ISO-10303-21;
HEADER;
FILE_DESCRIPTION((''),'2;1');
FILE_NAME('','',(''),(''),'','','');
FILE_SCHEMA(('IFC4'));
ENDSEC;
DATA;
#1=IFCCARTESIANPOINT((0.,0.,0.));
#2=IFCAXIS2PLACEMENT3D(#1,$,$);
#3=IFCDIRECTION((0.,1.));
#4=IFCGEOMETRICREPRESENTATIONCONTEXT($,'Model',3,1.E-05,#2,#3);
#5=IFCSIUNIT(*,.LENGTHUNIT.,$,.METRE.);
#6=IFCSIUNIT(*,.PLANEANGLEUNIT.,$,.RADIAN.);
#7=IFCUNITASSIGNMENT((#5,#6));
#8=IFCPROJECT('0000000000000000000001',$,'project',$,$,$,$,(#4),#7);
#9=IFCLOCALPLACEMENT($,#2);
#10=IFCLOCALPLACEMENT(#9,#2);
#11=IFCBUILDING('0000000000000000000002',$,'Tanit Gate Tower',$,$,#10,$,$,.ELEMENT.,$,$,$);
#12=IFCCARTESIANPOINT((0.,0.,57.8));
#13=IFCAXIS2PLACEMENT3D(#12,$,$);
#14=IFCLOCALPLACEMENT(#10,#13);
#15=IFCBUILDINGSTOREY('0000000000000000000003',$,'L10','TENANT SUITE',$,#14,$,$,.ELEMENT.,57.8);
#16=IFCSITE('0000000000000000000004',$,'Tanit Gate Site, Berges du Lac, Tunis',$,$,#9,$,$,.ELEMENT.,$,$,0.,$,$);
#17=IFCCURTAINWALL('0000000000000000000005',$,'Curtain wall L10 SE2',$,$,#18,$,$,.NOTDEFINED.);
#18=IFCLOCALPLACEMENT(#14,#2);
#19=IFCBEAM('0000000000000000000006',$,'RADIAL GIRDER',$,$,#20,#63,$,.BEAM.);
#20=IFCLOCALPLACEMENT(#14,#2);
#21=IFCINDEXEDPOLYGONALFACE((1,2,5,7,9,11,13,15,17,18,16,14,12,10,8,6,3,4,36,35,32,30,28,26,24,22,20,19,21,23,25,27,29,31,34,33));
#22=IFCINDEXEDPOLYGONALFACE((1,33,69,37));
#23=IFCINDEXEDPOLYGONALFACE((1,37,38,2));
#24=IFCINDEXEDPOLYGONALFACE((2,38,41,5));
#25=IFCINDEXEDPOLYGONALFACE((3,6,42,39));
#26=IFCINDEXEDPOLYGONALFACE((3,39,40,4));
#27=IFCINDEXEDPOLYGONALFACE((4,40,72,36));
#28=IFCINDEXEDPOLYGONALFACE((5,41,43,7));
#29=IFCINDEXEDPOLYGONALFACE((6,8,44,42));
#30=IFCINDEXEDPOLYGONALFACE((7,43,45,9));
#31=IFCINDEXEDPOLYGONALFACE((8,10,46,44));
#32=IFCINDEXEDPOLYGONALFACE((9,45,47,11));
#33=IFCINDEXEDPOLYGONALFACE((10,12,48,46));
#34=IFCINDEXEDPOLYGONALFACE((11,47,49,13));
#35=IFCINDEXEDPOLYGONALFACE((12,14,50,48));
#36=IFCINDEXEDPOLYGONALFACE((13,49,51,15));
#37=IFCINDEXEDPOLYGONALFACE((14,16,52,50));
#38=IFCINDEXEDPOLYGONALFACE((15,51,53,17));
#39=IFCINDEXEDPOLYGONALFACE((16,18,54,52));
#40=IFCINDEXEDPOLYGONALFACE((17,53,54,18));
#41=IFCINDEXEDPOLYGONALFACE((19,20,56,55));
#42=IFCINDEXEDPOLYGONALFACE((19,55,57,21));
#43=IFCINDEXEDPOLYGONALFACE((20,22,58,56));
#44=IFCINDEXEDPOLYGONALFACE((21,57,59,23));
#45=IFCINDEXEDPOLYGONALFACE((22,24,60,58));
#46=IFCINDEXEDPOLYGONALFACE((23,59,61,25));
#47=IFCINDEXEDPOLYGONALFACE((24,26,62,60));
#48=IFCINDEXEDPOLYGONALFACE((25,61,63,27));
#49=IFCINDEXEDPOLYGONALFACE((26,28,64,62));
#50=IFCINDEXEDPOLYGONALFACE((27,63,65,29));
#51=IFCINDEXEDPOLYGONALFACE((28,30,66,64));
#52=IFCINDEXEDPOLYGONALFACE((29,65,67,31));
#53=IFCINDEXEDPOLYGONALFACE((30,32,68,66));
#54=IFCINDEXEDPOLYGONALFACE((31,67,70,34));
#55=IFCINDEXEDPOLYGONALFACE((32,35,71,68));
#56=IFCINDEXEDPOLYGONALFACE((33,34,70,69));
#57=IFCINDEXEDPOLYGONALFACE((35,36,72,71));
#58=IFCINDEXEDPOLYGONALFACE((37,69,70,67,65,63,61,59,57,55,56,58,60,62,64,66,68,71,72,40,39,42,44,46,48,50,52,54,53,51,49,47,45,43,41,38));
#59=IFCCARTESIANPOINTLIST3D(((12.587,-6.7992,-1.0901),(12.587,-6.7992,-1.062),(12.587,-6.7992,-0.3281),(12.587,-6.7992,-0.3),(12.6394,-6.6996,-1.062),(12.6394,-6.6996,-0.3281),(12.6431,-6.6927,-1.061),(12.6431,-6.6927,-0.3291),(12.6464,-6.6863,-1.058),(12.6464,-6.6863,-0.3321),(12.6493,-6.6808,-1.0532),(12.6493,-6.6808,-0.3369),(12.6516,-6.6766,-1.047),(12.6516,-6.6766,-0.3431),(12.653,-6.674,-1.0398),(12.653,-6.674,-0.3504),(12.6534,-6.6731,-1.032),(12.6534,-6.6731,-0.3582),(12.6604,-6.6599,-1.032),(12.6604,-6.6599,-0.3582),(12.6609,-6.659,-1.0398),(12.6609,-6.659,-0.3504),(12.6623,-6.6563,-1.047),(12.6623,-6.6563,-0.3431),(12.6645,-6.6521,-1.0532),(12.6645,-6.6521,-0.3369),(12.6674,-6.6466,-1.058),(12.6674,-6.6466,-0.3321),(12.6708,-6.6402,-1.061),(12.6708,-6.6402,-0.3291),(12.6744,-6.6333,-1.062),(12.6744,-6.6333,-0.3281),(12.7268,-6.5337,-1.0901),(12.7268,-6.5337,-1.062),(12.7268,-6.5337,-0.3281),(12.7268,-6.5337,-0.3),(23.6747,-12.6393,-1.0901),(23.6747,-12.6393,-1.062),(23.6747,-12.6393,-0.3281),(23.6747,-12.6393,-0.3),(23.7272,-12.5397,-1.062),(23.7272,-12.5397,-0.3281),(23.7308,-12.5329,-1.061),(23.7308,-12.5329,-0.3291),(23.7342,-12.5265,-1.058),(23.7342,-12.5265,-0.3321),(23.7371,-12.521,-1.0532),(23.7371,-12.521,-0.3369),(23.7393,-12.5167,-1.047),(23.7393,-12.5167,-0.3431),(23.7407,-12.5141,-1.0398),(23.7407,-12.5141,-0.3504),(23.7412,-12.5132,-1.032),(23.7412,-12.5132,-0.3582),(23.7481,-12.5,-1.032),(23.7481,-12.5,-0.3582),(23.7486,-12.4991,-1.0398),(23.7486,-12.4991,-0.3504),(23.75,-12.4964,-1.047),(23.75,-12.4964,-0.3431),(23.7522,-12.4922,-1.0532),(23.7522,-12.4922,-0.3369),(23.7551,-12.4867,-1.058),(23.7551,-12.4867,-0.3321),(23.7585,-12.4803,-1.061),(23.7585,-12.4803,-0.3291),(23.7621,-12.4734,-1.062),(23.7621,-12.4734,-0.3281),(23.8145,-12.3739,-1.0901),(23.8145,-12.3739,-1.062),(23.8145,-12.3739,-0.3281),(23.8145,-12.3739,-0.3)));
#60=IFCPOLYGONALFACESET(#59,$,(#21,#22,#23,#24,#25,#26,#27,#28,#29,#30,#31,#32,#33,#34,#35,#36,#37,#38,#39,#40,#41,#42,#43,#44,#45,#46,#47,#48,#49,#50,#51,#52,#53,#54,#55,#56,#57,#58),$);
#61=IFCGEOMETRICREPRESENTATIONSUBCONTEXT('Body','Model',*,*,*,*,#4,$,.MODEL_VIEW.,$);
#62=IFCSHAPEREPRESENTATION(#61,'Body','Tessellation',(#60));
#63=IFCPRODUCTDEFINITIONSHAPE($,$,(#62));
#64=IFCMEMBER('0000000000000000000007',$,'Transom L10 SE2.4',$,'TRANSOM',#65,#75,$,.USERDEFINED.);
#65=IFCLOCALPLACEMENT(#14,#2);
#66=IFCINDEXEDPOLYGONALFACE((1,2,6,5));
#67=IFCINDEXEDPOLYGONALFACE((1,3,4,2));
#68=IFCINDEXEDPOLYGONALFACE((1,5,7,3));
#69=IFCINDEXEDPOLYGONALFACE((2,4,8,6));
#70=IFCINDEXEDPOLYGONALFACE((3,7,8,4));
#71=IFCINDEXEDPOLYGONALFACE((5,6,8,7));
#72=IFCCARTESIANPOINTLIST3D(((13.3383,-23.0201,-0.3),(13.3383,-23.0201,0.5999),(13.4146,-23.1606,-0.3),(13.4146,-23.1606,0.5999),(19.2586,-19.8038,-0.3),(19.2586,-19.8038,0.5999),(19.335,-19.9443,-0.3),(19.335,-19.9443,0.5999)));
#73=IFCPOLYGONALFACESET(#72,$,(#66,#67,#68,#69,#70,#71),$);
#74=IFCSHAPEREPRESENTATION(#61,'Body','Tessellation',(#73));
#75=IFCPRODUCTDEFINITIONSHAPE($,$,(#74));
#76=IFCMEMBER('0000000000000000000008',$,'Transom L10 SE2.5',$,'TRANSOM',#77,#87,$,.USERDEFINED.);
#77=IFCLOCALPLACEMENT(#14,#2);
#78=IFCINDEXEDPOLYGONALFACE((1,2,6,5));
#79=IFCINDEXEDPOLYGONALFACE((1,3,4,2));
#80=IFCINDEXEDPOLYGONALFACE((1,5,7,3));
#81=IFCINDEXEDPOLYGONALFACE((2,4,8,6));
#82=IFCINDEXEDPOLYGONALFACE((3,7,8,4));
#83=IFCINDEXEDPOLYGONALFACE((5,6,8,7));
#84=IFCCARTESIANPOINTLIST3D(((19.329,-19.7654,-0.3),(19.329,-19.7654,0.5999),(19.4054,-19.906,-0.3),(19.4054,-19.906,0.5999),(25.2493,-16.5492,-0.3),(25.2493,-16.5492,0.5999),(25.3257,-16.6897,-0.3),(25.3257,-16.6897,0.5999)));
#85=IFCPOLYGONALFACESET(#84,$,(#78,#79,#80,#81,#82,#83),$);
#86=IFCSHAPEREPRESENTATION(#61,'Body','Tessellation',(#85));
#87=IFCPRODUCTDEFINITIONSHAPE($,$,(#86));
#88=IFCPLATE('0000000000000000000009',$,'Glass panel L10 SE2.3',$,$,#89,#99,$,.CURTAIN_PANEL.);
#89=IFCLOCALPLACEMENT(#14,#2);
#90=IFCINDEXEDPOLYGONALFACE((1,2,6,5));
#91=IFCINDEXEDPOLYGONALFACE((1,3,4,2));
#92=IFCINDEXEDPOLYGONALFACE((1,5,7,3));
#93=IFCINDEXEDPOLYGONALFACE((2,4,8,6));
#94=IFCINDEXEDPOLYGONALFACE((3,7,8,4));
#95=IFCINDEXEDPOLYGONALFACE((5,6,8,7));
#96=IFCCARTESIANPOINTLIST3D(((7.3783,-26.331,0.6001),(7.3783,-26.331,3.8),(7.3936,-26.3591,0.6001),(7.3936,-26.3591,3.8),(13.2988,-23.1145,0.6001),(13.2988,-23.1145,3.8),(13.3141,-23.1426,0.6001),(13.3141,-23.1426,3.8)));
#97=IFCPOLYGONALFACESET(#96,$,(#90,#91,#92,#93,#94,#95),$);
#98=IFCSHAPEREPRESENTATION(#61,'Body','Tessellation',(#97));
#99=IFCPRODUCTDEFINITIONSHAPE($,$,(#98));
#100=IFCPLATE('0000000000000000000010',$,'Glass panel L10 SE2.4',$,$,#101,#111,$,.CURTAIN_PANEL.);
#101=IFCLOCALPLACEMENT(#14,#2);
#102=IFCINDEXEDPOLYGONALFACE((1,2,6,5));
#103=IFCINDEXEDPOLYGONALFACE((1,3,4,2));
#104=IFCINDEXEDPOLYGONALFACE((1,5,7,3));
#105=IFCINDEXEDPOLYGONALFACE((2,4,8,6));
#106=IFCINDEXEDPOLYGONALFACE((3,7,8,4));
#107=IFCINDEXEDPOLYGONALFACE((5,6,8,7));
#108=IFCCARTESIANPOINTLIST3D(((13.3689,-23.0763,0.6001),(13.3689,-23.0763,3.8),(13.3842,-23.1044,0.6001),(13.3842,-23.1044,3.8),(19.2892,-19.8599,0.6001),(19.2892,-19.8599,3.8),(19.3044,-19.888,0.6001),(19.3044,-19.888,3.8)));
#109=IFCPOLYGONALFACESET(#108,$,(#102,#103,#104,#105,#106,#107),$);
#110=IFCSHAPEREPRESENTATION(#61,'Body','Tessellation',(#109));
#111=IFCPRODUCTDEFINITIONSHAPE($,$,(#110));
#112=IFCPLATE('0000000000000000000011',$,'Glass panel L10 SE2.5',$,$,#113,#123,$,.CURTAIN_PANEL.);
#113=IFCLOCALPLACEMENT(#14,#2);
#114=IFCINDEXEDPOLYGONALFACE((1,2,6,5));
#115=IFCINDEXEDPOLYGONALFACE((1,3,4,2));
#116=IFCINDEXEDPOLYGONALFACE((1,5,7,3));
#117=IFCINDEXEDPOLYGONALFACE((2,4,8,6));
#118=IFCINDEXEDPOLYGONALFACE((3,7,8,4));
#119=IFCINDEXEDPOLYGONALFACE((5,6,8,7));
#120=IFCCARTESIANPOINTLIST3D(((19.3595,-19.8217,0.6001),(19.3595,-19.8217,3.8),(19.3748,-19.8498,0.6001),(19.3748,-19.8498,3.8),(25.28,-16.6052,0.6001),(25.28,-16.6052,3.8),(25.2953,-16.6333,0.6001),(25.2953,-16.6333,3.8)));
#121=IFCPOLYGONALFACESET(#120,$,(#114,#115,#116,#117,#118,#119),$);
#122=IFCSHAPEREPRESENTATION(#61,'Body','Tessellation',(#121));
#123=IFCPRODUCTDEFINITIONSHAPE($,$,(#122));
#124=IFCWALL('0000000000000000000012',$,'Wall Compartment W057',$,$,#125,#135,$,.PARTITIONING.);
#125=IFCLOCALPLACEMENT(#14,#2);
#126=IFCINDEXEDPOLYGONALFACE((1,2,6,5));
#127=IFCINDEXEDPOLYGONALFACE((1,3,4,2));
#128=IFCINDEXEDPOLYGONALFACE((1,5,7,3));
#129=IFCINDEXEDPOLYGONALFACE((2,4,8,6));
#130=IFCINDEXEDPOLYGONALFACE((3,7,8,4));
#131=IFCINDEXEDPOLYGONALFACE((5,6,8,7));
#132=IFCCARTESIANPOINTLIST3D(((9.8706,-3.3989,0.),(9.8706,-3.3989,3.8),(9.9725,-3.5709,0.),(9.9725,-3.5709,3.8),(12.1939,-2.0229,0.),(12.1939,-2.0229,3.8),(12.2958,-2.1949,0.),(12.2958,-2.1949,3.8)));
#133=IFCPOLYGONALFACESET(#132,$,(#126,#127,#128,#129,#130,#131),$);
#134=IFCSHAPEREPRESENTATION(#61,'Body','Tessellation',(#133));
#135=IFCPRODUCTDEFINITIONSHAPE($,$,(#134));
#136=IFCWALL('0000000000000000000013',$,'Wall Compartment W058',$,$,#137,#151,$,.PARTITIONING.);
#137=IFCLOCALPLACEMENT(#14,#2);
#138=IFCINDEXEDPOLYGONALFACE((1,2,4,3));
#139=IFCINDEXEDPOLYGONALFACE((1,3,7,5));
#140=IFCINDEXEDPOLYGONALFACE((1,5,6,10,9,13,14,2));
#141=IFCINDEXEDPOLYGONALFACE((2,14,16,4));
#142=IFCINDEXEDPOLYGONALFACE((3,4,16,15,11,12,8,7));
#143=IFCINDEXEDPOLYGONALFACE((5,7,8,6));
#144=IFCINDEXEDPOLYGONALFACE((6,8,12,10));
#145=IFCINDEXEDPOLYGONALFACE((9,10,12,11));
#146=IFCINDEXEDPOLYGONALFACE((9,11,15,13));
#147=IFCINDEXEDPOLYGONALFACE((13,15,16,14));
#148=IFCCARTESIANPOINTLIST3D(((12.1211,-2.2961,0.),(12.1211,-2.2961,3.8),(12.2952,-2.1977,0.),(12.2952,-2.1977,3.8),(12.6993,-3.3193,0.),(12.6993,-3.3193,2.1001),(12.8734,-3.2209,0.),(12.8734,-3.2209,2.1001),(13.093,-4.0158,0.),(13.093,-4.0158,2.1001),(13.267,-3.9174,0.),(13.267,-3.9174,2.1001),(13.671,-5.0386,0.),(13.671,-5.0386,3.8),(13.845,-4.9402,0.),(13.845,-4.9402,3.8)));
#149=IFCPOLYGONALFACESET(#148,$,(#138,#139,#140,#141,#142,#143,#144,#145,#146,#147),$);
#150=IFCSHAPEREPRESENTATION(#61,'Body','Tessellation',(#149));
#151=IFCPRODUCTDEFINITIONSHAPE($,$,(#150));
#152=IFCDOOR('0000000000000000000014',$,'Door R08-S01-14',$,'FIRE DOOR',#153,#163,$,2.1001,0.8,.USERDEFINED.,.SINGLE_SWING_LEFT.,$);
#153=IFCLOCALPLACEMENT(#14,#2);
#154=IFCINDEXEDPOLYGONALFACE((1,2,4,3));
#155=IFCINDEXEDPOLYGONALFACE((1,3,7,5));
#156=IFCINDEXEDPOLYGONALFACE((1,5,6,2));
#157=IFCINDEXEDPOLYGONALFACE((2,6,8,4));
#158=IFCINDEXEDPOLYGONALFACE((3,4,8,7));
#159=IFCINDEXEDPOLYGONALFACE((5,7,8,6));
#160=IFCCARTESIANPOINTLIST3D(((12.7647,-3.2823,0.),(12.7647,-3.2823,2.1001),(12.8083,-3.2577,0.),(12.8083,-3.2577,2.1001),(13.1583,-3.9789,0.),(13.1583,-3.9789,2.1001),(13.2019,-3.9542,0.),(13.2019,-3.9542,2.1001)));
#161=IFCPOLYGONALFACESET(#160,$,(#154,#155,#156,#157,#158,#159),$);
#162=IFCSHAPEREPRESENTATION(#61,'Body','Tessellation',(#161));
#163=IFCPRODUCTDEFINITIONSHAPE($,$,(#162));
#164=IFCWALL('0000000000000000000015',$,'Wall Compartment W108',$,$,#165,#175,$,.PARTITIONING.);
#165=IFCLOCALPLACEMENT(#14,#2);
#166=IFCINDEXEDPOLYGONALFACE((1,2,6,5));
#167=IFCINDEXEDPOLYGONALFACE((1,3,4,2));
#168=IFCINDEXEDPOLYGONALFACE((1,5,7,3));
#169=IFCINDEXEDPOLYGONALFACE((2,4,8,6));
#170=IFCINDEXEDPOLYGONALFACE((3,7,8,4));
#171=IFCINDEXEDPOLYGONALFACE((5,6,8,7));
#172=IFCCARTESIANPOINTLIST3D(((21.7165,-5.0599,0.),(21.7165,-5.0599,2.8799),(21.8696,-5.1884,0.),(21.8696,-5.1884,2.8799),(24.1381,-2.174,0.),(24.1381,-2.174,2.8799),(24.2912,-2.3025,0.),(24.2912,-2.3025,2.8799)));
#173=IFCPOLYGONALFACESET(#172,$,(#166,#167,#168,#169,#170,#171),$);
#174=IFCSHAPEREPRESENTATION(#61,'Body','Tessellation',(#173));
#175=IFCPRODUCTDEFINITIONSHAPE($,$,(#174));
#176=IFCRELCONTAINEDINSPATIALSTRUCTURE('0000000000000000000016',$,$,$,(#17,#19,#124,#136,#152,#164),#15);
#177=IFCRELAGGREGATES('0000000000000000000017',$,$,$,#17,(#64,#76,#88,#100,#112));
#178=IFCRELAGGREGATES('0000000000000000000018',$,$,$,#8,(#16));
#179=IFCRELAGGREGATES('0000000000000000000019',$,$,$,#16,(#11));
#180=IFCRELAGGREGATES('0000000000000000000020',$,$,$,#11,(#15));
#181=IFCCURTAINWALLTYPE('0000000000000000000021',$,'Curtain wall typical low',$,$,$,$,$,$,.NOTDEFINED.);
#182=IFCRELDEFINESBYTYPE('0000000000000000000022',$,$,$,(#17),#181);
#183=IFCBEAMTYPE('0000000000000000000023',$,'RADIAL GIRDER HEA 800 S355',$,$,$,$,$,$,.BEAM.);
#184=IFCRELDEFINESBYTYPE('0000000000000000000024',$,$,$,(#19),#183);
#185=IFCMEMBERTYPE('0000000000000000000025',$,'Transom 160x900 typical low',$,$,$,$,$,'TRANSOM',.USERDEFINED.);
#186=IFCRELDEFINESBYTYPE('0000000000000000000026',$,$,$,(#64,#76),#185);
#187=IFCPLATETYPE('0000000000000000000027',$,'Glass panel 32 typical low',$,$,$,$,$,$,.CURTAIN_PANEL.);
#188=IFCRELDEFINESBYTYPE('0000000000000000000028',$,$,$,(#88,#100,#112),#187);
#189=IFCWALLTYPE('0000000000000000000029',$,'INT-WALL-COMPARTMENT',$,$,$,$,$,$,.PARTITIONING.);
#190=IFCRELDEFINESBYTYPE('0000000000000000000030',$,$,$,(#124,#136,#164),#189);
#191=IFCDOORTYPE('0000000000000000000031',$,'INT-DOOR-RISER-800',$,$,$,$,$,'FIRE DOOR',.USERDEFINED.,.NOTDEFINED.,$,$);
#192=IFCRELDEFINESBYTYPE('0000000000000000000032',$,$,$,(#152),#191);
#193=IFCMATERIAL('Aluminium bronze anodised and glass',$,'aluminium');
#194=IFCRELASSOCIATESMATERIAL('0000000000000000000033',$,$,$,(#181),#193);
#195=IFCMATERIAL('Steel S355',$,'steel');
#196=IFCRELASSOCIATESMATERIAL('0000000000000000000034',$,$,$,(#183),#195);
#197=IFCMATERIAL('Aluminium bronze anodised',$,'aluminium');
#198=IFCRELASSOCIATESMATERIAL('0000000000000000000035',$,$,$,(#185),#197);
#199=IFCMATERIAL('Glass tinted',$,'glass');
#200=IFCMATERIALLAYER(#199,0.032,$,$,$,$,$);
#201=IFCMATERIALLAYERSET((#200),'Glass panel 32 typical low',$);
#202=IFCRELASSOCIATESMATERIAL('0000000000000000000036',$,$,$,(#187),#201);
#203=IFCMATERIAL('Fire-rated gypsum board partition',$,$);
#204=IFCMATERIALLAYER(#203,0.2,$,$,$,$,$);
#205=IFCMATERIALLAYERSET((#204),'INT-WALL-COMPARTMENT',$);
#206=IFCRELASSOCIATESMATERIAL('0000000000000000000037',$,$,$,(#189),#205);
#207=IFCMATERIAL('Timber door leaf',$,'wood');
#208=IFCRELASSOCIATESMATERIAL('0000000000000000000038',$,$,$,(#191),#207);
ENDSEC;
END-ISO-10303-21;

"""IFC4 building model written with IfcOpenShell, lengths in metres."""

from ifc_helpers import new_model, si_unit, direction, frame, frame_2d, origin, origin_2d, place, context, subcontext, project, spatial, rectangle, i_section, extrude, material, layer, layer_set, material_profile, profile_set, type_object, element, fill, aggregate, save


model = new_model("IFC4")

# Units and contexts
model_context = context("Model", 3, precision=1e-05, world=origin(), true_north=direction((0.0, 1.0)))
body_context = subcontext(model_context, "Body", "Model", "MODEL_VIEW")
ifc_project = project(units=[si_unit("LENGTHUNIT", "METRE"), si_unit("PLANEANGLEUNIT", "RADIAN")], contexts=[model_context])

# Site, building, storey
site_placement = place(None, origin())
site = spatial("IfcSite", under=ifc_project, at=site_placement, Name="Tanit Gate Site, Berges du Lac, Tunis", CompositionType="ELEMENT", RefElevation=0.0)
building_placement = place(site_placement, origin())
building = spatial("IfcBuilding", under=site, at=building_placement, Name="Tanit Gate Tower", CompositionType="ELEMENT")
storey_placement = place(building_placement, frame((0.0, 0.0, 57.8)))
storey = spatial("IfcBuildingStorey", under=building, at=storey_placement, Name="L10", Description="TENANT SUITE", CompositionType="ELEMENT", Elevation=57.8)

# Curtain wall
ifc_material_1 = material(Name="Aluminium bronze anodised and glass", Category="aluminium")
curtain_wall_type = type_object("IfcCurtainWallType", Name="Curtain wall typical low", PredefinedType="NOTDEFINED", material=ifc_material_1)
curtain_wall_placement = place(storey_placement, origin())
curtain_wall = element("IfcCurtainWall", 1, at=curtain_wall_placement, inside=storey, type_object=curtain_wall_type, Name="Curtain wall L10 SE2", PredefinedType="NOTDEFINED")

# Beam
ifc_material_2 = material(Name="Steel S355", Category="steel")
ifc_material_profile_1 = material_profile(ifc_material_2, i_section(OverallWidth=0.3, OverallDepth=0.79, WebThickness=0.0149, FlangeThickness=0.0281, FilletRadius=0.03, at=origin_2d()), Name="HEA 800")
ifc_profile_set_1 = profile_set([ifc_material_profile_1], Name="Steel S355")
beam_type_1 = type_object("IfcBeamType", Name="RADIAL GIRDER HEA 800 S355", PredefinedType="BEAM", material=ifc_profile_set_1)
beam_1_placement = place(storey_placement, frame((23.7446, -12.5066, -0.6951), z_axis=(-0.884771, 0.466027, 0.0), x_axis=(-0.466027, -0.884771, 0.0)))
element("IfcBeam", 2, at=beam_1_placement, inside=storey, type_object=beam_type_1, Name="RADIAL GIRDER", PredefinedType="BEAM", context=body_context, shape_type="SweptSolid", body=[
    extrude(i_section(OverallWidth=0.3, OverallDepth=0.79, WebThickness=0.0149, FlangeThickness=0.0281, FilletRadius=0.03, at=origin_2d()), origin(), (0.0, 0.0, 1.0), 12.5317),
])

# Members
ifc_material_3 = material(Name="Aluminium bronze anodised", Category="aluminium")
ifc_material_profile_2 = material_profile(ifc_material_3, rectangle(XDim=0.1599, YDim=0.8999, at=origin_2d()), Name="160x900 bronze transom")
ifc_profile_set_2 = profile_set([ifc_material_profile_2], Name="Aluminium bronze anodised")
member_type_1 = type_object("IfcMemberType", Name="Transom 160x900 typical low", ElementType="TRANSOM", PredefinedType="USERDEFINED", material=ifc_profile_set_2)
member_1_placement = place(storey_placement, frame((13.3765, -23.0903, 0.1499), z_axis=(0.878706, 0.477364, 0.0), x_axis=(-0.477364, 0.878706, 0.0)))
member_1 = element("IfcMember", 3, at=member_1_placement, type_object=member_type_1, Name="Transom L10 SE2.4", ObjectType="TRANSOM", PredefinedType="USERDEFINED", context=body_context, shape_type="SweptSolid", body=[
    extrude(rectangle(XDim=0.1599, YDim=0.8999, at=origin_2d()), origin(), (0.0, 0.0, 1.0), 6.7375),
])
member_2_placement = place(storey_placement, frame((19.3672, -19.8357, 0.1499), z_axis=(0.878706, 0.477364, 0.0), x_axis=(-0.477364, 0.878706, 0.0)))
member_2 = element("IfcMember", 4, at=member_2_placement, type_object=member_type_1, Name="Transom L10 SE2.5", ObjectType="TRANSOM", PredefinedType="USERDEFINED", context=body_context, shape_type="SweptSolid", body=[
    extrude(rectangle(XDim=0.1599, YDim=0.8999, at=origin_2d()), origin(), (0.0, 0.0, 1.0), 6.7375),
])

# Plates
ifc_material_4 = material(Name="Glass tinted", Category="glass")
ifc_layer_1 = layer(ifc_material_4, 0.032)
ifc_layer_set_1 = layer_set([ifc_layer_1], Name="Glass panel 32 typical low")
plate_type = type_object("IfcPlateType", Name="Glass panel 32 typical low", PredefinedType="CURTAIN_PANEL", material=ifc_layer_set_1)
plate_1_placement = place(storey_placement, frame((10.3462, -24.7368, 0.6001), z_axis=(0.0, 0.0, 1.0), x_axis=(0.878696, 0.477381, 0.0)))
plate_1 = element("IfcPlate", 5, at=plate_1_placement, type_object=plate_type, Name="Glass panel L10 SE2.3", PredefinedType="CURTAIN_PANEL", context=body_context, shape_type="SweptSolid", body=[
    extrude(rectangle(XDim=6.7378, YDim=0.032, at=origin_2d()), origin(), (0.0, 0.0, 1.0), 3.2),
])
plate_2_placement = place(storey_placement, frame((16.3367, -21.4822, 0.6001), z_axis=(0.0, 0.0, 1.0), x_axis=(0.878696, 0.477381, 0.0)))
plate_2 = element("IfcPlate", 6, at=plate_2_placement, type_object=plate_type, Name="Glass panel L10 SE2.4", PredefinedType="CURTAIN_PANEL", context=body_context, shape_type="SweptSolid", body=[
    extrude(rectangle(XDim=6.7375, YDim=0.032, at=origin_2d()), origin(), (0.0, 0.0, 1.0), 3.2),
])
plate_3_placement = place(storey_placement, frame((22.3274, -18.2275, 0.6001), z_axis=(0.0, 0.0, 1.0), x_axis=(0.878696, 0.477381, 0.0)))
plate_3 = element("IfcPlate", 7, at=plate_3_placement, type_object=plate_type, Name="Glass panel L10 SE2.5", PredefinedType="CURTAIN_PANEL", context=body_context, shape_type="SweptSolid", body=[
    extrude(rectangle(XDim=6.7378, YDim=0.032, at=origin_2d()), origin(), (0.0, 0.0, 1.0), 3.2),
])
aggregate(curtain_wall, [member_1, member_2, plate_1, plate_2, plate_3])

# Wall
ifc_material_5 = material(Name="Fire-rated gypsum board partition")
ifc_layer_2 = layer(ifc_material_5, 0.2)
ifc_layer_set_2 = layer_set([ifc_layer_2], Name="INT-WALL-COMPARTMENT")
wall_type_1 = type_object("IfcWallType", Name="INT-WALL-COMPARTMENT", PredefinedType="PARTITIONING", material=ifc_layer_set_2)
wall_1_placement = place(storey_placement, frame((12.2449, -2.1089, 0.0), z_axis=(0.0, 0.0, 1.0), x_axis=(-0.860415, -0.509594, 0.0)))
element("IfcWall", 8, at=wall_1_placement, inside=storey, type_object=wall_type_1, Name="Wall Compartment W057", PredefinedType="PARTITIONING", context=body_context, shape_type="SweptSolid", body=[
    extrude(rectangle(XDim=2.7002, YDim=0.2, at=frame_2d((1.3501, 0.0))), origin(), (0.0, 0.0, 1.0), 3.8),
])

# Wall, opening, door
wall_2_placement = place(storey_placement, frame((13.7581, -4.9895, 0.0), z_axis=(0.0, 0.0, 1.0), x_axis=(-0.491993, 0.870599, 0.0)))
wall_2 = element("IfcWall", 9, at=wall_2_placement, inside=storey, type_object=wall_type_1, Name="Wall Compartment W058", PredefinedType="PARTITIONING", context=body_context, shape_type="SweptSolid", body=[
    extrude(rectangle(XDim=3.1501, YDim=0.2, at=frame_2d((1.5752, 0.0))), origin(), (0.0, 0.0, 1.0), 3.8),
])
opening_1_placement = place(wall_2_placement, frame((1.175, 0.0, 0.0)))
opening_1 = element("IfcOpeningElement", 10, at=opening_1_placement, cuts=wall_2, PredefinedType="OPENING", context=body_context, shape_type="SweptSolid", body=[
    extrude(rectangle(XDim=0.8, YDim=2.1001, at=frame_2d((0.3999, 1.05))), frame((0.0, 0.1099, 0.0), z_axis=(0.0, -1.0, 0.0), x_axis=(1.0, 0.0, 0.0)), (0.0, 0.0, 1.0), 0.22),
])
ifc_material_6 = material(Name="Timber door leaf", Category="wood")
door_type_1 = type_object("IfcDoorType", Name="INT-DOOR-RISER-800", ElementType="FIRE DOOR", OperationType="NOTDEFINED", PredefinedType="USERDEFINED", material=ifc_material_6)
door_1_placement = place(opening_1_placement, origin())
door_1 = element("IfcDoor", 11, at=door_1_placement, inside=storey, type_object=door_type_1, Name="Door R08-S01-14", ObjectType="FIRE DOOR", OperationType="SINGLE_SWING_LEFT", OverallHeight=2.1001, OverallWidth=0.8, PredefinedType="USERDEFINED", context=body_context, shape_type="SweptSolid", body=[
    extrude(rectangle(XDim=0.8, YDim=2.1001, at=frame_2d((0.3999, 1.05))), frame((0.0, 0.0249, 0.0), z_axis=(0.0, -1.0, 0.0), x_axis=(1.0, 0.0, 0.0)), (0.0, 0.0, 1.0), 0.05),
])
fill(opening_1, door_1)

# Wall
wall_3_placement = place(storey_placement, frame((21.793, -5.1243, 0.0), z_axis=(0.0, 0.0, 1.0), x_axis=(0.642788, 0.766044, 0.0)))
element("IfcWall", 12, at=wall_3_placement, inside=storey, type_object=wall_type_1, Name="Wall Compartment W108", PredefinedType="PARTITIONING", context=body_context, shape_type="SweptSolid", body=[
    extrude(rectangle(XDim=3.7673, YDim=0.2, at=frame_2d((1.8838, 0.0))), origin(), (0.0, 0.0, 1.0), 2.8799),
])

save(model, "model.ifc")
